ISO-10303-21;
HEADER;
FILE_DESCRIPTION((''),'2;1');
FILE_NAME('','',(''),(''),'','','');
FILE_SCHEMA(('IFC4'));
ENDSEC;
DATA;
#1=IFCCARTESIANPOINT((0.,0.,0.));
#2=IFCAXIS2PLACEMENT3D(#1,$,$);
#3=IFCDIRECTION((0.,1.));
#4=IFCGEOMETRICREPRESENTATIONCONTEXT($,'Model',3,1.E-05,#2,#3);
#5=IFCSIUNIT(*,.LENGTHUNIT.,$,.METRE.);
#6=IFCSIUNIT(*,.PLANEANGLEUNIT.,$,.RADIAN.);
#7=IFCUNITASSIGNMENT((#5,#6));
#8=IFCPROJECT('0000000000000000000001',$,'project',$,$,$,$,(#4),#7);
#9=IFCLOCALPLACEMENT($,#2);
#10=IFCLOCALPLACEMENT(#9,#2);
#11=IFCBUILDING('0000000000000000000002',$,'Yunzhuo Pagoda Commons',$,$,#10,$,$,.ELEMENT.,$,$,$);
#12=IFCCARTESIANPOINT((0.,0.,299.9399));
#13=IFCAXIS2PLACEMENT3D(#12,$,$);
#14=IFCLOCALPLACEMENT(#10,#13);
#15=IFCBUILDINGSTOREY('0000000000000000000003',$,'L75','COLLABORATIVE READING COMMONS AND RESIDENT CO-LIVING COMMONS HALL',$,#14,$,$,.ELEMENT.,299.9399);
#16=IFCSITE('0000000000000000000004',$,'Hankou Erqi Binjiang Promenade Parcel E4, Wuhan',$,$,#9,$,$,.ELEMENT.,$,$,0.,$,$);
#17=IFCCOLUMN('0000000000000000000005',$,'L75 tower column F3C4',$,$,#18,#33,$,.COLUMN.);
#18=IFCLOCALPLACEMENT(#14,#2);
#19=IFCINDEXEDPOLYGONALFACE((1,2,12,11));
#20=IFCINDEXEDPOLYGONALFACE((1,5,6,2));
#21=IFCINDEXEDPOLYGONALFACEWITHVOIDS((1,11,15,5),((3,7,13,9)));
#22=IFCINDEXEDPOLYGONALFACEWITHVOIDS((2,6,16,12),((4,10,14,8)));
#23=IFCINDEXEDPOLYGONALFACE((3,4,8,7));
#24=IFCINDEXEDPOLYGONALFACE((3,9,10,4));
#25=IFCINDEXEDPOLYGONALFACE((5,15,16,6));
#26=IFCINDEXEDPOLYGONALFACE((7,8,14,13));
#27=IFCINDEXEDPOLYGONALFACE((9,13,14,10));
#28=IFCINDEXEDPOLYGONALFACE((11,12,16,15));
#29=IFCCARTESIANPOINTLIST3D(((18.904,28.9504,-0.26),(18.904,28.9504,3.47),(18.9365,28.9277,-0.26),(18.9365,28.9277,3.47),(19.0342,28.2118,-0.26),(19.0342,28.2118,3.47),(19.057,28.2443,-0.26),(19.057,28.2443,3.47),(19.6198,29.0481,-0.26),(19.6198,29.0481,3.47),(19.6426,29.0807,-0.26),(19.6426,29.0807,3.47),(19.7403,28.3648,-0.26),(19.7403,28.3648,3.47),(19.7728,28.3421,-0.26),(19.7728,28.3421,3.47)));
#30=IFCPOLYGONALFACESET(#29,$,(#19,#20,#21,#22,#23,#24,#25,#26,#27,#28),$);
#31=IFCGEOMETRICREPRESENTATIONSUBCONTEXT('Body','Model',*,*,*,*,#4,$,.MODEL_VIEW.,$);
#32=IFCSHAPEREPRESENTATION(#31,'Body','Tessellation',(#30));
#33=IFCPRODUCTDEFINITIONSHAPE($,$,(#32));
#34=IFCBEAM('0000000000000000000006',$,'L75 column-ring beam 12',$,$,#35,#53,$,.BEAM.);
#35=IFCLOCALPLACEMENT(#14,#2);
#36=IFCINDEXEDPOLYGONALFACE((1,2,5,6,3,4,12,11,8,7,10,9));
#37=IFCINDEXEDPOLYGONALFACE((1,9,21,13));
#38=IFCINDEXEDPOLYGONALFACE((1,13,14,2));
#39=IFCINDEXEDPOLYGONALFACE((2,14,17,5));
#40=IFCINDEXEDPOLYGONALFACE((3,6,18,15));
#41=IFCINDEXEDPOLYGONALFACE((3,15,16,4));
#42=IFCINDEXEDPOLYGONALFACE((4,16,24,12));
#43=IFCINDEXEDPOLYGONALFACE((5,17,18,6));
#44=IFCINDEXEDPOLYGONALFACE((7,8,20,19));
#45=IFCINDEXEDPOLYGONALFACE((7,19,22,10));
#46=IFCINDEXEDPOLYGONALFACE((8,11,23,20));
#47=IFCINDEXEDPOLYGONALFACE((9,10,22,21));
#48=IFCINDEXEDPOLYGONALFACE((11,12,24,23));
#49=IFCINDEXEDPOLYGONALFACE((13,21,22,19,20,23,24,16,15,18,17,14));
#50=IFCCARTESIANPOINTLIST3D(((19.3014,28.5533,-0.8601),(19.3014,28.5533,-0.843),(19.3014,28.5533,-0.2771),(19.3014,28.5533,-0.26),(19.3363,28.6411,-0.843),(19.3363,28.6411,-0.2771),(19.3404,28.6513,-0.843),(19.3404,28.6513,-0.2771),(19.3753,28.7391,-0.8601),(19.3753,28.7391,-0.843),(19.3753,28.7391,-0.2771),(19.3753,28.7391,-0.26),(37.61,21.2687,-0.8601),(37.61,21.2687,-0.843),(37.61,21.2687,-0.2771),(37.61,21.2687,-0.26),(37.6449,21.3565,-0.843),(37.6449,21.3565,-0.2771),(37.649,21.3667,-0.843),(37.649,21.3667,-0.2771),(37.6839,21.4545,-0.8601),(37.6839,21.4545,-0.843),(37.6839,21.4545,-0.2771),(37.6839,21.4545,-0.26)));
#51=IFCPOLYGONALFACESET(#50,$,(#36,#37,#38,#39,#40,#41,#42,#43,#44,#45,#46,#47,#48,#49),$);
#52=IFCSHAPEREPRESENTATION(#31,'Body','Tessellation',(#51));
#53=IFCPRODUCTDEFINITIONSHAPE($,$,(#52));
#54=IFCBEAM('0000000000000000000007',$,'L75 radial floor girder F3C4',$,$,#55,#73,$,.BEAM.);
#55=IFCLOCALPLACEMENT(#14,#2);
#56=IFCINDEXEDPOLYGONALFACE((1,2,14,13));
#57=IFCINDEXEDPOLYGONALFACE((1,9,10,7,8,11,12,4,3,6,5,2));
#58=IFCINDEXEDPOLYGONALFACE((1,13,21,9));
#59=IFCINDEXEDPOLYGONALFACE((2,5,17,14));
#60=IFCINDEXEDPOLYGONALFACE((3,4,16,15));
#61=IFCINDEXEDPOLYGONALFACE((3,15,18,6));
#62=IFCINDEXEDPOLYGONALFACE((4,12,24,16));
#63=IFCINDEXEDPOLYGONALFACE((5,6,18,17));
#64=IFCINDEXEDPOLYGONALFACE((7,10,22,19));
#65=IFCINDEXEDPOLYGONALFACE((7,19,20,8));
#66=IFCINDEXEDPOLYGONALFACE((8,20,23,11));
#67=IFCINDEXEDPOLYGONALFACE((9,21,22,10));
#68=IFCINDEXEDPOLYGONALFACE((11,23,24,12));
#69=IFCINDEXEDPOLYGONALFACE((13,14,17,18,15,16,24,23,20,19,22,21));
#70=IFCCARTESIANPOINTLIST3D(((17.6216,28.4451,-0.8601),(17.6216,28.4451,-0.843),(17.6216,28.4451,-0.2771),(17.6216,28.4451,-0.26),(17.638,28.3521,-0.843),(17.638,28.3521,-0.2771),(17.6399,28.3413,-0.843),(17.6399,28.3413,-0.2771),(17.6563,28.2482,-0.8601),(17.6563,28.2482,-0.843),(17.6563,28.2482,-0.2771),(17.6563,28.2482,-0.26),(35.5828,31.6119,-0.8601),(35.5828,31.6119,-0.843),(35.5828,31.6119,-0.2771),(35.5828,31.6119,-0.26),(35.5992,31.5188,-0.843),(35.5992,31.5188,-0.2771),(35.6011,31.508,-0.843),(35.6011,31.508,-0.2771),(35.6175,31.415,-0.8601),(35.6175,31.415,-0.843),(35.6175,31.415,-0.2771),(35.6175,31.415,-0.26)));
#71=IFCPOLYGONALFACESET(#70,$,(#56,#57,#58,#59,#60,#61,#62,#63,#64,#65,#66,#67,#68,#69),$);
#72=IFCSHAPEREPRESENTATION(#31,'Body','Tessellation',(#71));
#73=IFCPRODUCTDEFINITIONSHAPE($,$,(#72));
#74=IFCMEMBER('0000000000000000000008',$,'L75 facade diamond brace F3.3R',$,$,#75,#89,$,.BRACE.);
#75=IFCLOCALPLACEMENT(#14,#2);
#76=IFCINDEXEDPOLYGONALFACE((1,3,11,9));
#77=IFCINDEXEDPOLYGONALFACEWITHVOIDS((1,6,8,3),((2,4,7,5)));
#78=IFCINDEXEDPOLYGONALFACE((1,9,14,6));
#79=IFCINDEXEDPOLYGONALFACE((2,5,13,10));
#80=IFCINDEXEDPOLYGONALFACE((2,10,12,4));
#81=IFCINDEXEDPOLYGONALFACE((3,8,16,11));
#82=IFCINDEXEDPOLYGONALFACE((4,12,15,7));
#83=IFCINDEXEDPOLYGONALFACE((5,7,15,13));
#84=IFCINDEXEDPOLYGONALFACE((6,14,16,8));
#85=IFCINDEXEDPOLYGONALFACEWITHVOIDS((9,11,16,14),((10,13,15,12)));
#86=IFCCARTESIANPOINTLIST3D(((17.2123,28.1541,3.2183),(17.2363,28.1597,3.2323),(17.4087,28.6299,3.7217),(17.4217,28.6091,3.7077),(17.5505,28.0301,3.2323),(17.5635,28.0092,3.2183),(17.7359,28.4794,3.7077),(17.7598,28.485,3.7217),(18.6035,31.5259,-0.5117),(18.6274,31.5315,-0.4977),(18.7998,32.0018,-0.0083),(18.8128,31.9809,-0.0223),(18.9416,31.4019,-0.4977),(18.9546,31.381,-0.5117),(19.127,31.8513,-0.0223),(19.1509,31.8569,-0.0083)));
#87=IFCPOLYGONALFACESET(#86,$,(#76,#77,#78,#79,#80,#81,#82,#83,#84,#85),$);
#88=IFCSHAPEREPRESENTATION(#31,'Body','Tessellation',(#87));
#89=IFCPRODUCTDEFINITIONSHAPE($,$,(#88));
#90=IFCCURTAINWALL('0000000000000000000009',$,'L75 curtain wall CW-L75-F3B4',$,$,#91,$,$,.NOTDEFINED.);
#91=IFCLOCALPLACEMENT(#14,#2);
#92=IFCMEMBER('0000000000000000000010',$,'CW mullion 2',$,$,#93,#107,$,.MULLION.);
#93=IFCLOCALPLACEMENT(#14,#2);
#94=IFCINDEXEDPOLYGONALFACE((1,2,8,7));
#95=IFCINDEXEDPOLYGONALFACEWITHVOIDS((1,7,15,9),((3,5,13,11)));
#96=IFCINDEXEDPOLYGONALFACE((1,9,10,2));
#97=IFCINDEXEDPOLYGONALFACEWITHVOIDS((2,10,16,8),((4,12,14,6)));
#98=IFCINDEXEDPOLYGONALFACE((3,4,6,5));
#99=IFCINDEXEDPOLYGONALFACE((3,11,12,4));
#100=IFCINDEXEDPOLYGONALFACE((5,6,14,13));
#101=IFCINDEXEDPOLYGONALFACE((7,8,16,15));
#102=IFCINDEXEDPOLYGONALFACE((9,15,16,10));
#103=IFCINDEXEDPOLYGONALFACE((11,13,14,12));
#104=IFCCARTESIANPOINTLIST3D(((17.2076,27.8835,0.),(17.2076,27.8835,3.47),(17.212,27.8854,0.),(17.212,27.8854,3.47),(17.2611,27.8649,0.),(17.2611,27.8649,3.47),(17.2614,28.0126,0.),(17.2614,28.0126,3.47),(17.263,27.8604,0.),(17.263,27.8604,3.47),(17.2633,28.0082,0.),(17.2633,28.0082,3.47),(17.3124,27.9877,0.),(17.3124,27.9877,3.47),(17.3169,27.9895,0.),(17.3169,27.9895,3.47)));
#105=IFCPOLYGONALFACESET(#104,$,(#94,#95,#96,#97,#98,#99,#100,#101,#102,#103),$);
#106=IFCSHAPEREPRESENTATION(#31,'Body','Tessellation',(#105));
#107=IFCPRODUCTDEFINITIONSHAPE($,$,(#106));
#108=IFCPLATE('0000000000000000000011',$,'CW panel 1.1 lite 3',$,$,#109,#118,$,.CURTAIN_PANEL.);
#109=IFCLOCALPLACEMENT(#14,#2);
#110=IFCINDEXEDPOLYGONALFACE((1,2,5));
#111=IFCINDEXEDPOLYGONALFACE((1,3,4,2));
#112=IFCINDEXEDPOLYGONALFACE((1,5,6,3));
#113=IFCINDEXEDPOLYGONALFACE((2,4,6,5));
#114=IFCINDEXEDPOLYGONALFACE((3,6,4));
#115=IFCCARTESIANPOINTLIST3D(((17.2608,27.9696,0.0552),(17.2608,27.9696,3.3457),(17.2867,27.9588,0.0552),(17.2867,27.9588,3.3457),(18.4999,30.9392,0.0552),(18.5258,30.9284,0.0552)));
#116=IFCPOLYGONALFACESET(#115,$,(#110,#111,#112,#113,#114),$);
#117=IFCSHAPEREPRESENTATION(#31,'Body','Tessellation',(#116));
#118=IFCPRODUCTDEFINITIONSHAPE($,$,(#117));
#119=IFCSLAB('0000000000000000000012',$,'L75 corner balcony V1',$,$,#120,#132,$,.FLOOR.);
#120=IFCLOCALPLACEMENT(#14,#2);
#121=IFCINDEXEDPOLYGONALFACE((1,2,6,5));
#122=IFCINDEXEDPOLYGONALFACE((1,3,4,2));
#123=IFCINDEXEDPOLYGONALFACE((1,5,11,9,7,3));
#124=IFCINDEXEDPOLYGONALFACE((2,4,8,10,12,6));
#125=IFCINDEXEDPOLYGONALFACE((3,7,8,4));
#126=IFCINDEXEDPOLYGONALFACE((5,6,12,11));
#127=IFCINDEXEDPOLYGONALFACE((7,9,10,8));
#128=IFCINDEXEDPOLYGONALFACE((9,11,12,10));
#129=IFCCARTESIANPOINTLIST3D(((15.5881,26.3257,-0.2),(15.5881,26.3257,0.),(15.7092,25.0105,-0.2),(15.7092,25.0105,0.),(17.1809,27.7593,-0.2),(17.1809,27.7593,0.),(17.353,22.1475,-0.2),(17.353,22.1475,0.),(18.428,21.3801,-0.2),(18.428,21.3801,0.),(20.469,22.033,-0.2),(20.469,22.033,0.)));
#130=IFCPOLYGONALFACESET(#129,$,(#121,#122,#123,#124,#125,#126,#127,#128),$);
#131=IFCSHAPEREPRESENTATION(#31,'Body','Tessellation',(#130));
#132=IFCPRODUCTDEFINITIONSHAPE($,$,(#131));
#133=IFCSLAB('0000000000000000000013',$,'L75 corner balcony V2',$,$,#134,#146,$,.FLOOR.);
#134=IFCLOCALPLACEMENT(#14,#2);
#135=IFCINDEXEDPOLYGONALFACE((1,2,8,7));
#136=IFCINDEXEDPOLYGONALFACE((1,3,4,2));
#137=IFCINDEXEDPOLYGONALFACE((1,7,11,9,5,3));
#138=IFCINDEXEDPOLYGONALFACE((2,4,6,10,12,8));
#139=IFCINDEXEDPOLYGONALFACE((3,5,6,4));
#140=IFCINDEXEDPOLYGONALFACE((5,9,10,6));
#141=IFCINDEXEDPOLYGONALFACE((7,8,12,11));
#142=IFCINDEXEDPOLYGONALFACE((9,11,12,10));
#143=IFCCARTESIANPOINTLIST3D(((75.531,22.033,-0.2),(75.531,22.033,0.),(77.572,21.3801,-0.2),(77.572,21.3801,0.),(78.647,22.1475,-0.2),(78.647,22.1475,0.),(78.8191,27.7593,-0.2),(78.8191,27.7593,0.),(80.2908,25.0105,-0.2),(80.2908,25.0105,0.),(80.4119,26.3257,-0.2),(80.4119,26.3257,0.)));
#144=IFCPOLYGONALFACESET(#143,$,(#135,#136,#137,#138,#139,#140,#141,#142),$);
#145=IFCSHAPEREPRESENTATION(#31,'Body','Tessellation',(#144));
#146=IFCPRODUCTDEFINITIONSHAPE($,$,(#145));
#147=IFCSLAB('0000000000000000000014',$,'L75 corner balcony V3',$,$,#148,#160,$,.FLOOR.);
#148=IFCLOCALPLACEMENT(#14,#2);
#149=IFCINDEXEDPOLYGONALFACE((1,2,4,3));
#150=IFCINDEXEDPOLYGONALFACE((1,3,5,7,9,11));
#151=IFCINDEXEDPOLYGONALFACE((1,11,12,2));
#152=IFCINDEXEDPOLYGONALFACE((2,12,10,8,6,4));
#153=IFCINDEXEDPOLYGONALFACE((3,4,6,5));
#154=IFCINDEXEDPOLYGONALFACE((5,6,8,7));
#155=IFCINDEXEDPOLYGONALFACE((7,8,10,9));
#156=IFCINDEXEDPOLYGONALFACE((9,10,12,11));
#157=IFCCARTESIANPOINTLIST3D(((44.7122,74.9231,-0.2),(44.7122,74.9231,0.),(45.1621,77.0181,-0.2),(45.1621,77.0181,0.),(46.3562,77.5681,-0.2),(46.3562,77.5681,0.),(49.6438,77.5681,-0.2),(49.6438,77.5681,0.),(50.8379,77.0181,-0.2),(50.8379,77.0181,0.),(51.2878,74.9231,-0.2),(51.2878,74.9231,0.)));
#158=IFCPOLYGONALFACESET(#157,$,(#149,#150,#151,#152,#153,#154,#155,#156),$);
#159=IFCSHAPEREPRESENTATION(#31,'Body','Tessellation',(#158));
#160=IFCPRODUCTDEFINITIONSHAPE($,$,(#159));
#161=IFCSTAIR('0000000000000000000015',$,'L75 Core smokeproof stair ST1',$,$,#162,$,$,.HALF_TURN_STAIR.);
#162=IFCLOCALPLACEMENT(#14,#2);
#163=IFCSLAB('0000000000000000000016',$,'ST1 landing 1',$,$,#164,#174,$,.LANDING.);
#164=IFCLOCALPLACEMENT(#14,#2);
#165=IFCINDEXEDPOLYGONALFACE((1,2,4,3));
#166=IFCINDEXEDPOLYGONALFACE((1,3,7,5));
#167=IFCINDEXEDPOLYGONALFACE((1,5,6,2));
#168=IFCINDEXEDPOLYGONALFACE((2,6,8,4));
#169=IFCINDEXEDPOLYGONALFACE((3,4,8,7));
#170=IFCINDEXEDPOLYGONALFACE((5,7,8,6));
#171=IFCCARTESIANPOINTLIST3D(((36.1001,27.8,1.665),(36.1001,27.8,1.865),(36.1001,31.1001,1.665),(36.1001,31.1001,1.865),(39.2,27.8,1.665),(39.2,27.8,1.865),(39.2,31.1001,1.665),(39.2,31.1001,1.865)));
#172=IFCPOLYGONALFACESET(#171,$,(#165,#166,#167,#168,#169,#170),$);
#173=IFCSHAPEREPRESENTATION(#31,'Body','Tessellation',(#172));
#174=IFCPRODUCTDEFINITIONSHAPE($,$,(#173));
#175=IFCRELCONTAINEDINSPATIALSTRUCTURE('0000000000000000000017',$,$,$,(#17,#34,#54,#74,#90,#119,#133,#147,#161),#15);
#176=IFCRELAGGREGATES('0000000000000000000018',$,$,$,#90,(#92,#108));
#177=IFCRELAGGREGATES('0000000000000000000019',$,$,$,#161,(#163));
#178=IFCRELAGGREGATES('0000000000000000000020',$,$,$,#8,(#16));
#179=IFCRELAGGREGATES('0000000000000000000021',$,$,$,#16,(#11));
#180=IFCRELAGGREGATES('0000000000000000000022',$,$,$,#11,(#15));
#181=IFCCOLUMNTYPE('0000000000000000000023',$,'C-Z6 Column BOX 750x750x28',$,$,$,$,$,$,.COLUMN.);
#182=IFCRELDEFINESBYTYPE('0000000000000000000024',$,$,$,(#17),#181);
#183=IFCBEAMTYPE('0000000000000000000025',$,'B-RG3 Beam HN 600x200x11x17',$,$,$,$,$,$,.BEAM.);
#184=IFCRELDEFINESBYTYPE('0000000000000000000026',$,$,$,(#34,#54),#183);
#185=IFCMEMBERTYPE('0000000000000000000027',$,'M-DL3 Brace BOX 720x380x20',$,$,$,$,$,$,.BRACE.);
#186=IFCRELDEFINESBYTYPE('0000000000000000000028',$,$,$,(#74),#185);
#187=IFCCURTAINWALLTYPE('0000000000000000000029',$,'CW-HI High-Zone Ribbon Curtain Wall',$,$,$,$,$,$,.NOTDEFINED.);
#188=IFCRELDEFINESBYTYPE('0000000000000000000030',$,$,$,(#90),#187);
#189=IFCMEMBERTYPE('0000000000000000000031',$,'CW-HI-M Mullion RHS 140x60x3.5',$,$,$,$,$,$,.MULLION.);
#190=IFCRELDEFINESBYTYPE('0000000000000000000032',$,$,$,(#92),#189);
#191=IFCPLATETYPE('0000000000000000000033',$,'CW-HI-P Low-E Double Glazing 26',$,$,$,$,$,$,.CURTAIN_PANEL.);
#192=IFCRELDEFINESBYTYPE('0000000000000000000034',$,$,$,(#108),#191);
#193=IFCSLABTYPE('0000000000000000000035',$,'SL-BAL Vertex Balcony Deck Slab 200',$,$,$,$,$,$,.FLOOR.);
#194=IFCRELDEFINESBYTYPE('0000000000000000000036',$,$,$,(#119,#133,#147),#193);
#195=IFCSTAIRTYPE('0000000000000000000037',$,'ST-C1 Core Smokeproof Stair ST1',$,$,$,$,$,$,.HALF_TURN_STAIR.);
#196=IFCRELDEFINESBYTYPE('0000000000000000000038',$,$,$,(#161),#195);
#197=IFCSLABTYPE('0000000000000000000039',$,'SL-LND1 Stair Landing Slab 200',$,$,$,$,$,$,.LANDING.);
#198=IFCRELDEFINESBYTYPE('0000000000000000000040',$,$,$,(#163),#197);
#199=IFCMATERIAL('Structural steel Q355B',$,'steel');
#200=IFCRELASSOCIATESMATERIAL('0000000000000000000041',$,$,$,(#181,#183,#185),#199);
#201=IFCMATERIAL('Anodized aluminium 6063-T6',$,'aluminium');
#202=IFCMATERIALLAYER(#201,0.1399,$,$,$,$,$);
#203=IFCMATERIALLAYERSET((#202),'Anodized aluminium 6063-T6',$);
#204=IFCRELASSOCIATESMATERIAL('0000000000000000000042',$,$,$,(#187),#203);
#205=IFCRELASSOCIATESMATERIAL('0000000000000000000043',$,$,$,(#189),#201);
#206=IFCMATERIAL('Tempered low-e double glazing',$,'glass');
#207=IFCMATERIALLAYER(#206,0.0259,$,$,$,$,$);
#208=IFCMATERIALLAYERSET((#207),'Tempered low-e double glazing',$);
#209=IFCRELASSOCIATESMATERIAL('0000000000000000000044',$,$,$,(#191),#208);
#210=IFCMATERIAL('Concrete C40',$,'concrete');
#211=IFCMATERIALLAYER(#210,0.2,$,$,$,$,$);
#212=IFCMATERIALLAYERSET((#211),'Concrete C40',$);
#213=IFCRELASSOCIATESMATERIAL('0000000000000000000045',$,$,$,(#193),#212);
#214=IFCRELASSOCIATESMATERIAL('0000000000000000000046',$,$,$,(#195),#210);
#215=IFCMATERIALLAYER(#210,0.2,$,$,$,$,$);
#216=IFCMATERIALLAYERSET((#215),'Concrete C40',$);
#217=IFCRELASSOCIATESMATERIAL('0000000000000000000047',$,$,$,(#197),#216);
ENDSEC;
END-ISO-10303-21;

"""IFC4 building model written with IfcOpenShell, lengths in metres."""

from ifc_helpers import new_model, si_unit, direction, frame, origin, origin_2d, place, context, subcontext, project, spatial, polyline, hollow_rectangle, i_section, outline, extrude, source, transform, mapped, material, layer, layer_set, material_profile, profile_set, type_object, element, aggregate, save


model = new_model("IFC4")

# Units and contexts
model_context = context("Model", 3, precision=1e-05, world=origin(), true_north=direction((0.0, 1.0)))
body_context = subcontext(model_context, "Body", "Model", "MODEL_VIEW")
ifc_project = project(units=[si_unit("LENGTHUNIT", "METRE"), si_unit("PLANEANGLEUNIT", "RADIAN")], contexts=[model_context])

# Site, building, storey
site_placement = place(None, origin())
site = spatial("IfcSite", under=ifc_project, at=site_placement, Name="Hankou Erqi Binjiang Promenade Parcel E4, Wuhan", CompositionType="ELEMENT", RefElevation=0.0)
building_placement = place(site_placement, origin())
building = spatial("IfcBuilding", under=site, at=building_placement, Name="Yunzhuo Pagoda Commons", CompositionType="ELEMENT")
storey_placement = place(building_placement, frame((0.0, 0.0, 299.9399)))
storey = spatial("IfcBuildingStorey", under=building, at=storey_placement, Name="L75", Description="COLLABORATIVE READING COMMONS AND RESIDENT CO-LIVING COMMONS HALL", CompositionType="ELEMENT", Elevation=299.9399)

# Column
ifc_material_1 = material(Name="Structural steel Q355B", Category="steel")
ifc_material_profile_1 = material_profile(ifc_material_1, hollow_rectangle(XDim=0.75, YDim=0.75, WallThickness=0.0281, at=origin_2d()), Name="Structural steel Q355B")
ifc_profile_set_1 = profile_set([ifc_material_profile_1], Name="Structural steel Q355B")
column_type = type_object("IfcColumnType", Name="C-Z6 Column BOX 750x750x28", PredefinedType="COLUMN", material=ifc_profile_set_1)
shared_shape_1 = source(origin(), body_context, "Body", "SweptSolid", [
    extrude(hollow_rectangle(XDim=0.75, YDim=0.75, WallThickness=0.0281, at=origin_2d()), origin(), (0.0, 0.0, 1.0), 3.73),
])
column_placement = place(storey_placement, frame((19.3384, 28.6462, -0.26), z_axis=(0.0, 0.0, 1.0), x_axis=(0.173648, -0.984808, 0.0)))
element("IfcColumn", 1, at=column_placement, inside=storey, type_object=column_type, Name="L75 tower column F3C4", PredefinedType="COLUMN", context=body_context, shape_type="MappedRepresentation", body=[
    mapped(shared_shape_1, transform((0.0, 0.0, 0.0), scale=1.0)),
])

# Beams
ifc_material_profile_2 = material_profile(ifc_material_1, i_section(OverallWidth=0.2, OverallDepth=0.6001, WebThickness=0.011, FlangeThickness=0.0171, at=origin_2d()), Name="Structural steel Q355B")
ifc_profile_set_2 = profile_set([ifc_material_profile_2], Name="Structural steel Q355B")
beam_type = type_object("IfcBeamType", Name="B-RG3 Beam HN 600x200x11x17", PredefinedType="BEAM", material=ifc_profile_set_2)
shared_shape_2 = source(origin(), body_context, "Body", "SweptSolid", [
    extrude(i_section(OverallWidth=0.2, OverallDepth=0.6001, WebThickness=0.011, FlangeThickness=0.0171, at=origin_2d()), origin(), (0.0, 0.0, 1.0), 19.7046),
])
beam_1_placement = place(storey_placement, frame((19.3384, 28.6462, -0.5601), z_axis=(0.929154, -0.369694, 0.0), x_axis=(0.369694, 0.929154, 0.0)))
element("IfcBeam", 2, at=beam_1_placement, inside=storey, type_object=beam_type, Name="L75 column-ring beam 12", PredefinedType="BEAM", context=body_context, shape_type="MappedRepresentation", body=[
    mapped(shared_shape_2, transform((0.0, 0.0, 0.0), scale=1.0)),
])
shared_shape_3 = source(origin(), body_context, "Body", "SweptSolid", [
    extrude(i_section(OverallWidth=0.2, OverallDepth=0.6001, WebThickness=0.011, FlangeThickness=0.0171, at=origin_2d()), origin(), (0.0, 0.0, 1.0), 18.2383),
])
beam_2_placement = place(storey_placement, frame((17.6389, 28.3467, -0.5601), z_axis=(0.98481, 0.173633, 0.0), x_axis=(-0.173633, 0.98481, 0.0)))
element("IfcBeam", 3, at=beam_2_placement, inside=storey, type_object=beam_type, Name="L75 radial floor girder F3C4", PredefinedType="BEAM", context=body_context, shape_type="MappedRepresentation", body=[
    mapped(shared_shape_3, transform((0.0, 0.0, 0.0), scale=1.0)),
])

# Member
ifc_material_profile_3 = material_profile(ifc_material_1, hollow_rectangle(XDim=0.3799, YDim=0.72, WallThickness=0.02, at=origin_2d()), Name="Structural steel Q355B")
ifc_profile_set_3 = profile_set([ifc_material_profile_3], Name="Structural steel Q355B")
member_type_1 = type_object("IfcMemberType", Name="M-DL3 Brace BOX 720x380x20", PredefinedType="BRACE", material=ifc_profile_set_3)
shared_shape_4 = source(origin(), body_context, "Body", "SweptSolid", [
    extrude(hollow_rectangle(XDim=0.3799, YDim=0.72, WallThickness=0.02, at=origin_2d()), origin(), (0.0, 0.0, 1.0), 5.217),
])
member_1_placement = place(storey_placement, frame((18.8772, 31.6914, -0.26), z_axis=(-0.26665, -0.646314, 0.714966), x_axis=(0.924416, -0.381386, 0.0)))
element("IfcMember", 4, at=member_1_placement, inside=storey, type_object=member_type_1, Name="L75 facade diamond brace F3.3R", PredefinedType="BRACE", context=body_context, shape_type="MappedRepresentation", body=[
    mapped(shared_shape_4, transform((0.0, 0.0, 0.0), scale=1.0)),
])

# Curtain wall, member, plate
ifc_material_2 = material(Name="Anodized aluminium 6063-T6", Category="aluminium")
ifc_layer_1 = layer(ifc_material_2, 0.1399)
ifc_layer_set_1 = layer_set([ifc_layer_1], Name="Anodized aluminium 6063-T6")
curtain_wall_type = type_object("IfcCurtainWallType", Name="CW-HI High-Zone Ribbon Curtain Wall", PredefinedType="NOTDEFINED", material=ifc_layer_set_1)
curtain_wall_placement = place(storey_placement, origin())
curtain_wall = element("IfcCurtainWall", 5, at=curtain_wall_placement, inside=storey, type_object=curtain_wall_type, Name="L75 curtain wall CW-L75-F3B4", PredefinedType="NOTDEFINED")
ifc_material_profile_4 = material_profile(ifc_material_2, hollow_rectangle(XDim=0.0601, YDim=0.1399, WallThickness=0.0034, at=origin_2d()), Name="Anodized aluminium 6063-T6")
ifc_profile_set_4 = profile_set([ifc_material_profile_4], Name="Anodized aluminium 6063-T6")
member_type_2 = type_object("IfcMemberType", Name="CW-HI-M Mullion RHS 140x60x3.5", PredefinedType="MULLION", material=ifc_profile_set_4)
shared_shape_5 = source(origin(), body_context, "Body", "SweptSolid", [
    extrude(hollow_rectangle(XDim=0.0601, YDim=0.1399, WallThickness=0.0034, at=origin_2d()), origin(), (0.0, 0.0, 1.0), 3.47),
])
member_2_placement = place(storey_placement, frame((17.2622, 27.9365, 0.0), z_axis=(0.0, 0.0, 1.0), x_axis=(0.922876, -0.385097, 0.0)))
member_2 = element("IfcMember", 6, at=member_2_placement, type_object=member_type_2, Name="CW mullion 2", PredefinedType="MULLION", context=body_context, shape_type="MappedRepresentation", body=[
    mapped(shared_shape_5, transform((0.0, 0.0, 0.0), scale=1.0)),
])
ifc_material_3 = material(Name="Tempered low-e double glazing", Category="glass")
ifc_layer_2 = layer(ifc_material_3, 0.0259)
ifc_layer_set_2 = layer_set([ifc_layer_2], Name="Tempered low-e double glazing")
plate_type_1 = type_object("IfcPlateType", Name="CW-HI-P Low-E Double Glazing 26", PredefinedType="CURTAIN_PANEL", material=ifc_layer_set_2)
plate_1_placement = place(storey_placement, frame((17.9062, 29.4436, 1.7004), z_axis=(-0.922876, 0.385097, 0.0), x_axis=(-0.385097, -0.922876, 0.0)))
plate_1 = element("IfcPlate", 7, at=plate_1_placement, type_object=plate_type_1, Name="CW panel 1.1 lite 3", PredefinedType="CURTAIN_PANEL", context=body_context, shape_type="SweptSolid", body=[
    extrude(outline(polyline([(-1.6089, -1.6453), (1.6089, -1.6453), (1.6089, 1.6453), (-1.6089, -1.6453)])), origin(), (0.0, 0.0, 1.0), 0.0281),
])
aggregate(curtain_wall, [member_2, plate_1])

# Slabs
ifc_material_4 = material(Name="Concrete C40", Category="concrete")
ifc_layer_3 = layer(ifc_material_4, 0.2)
ifc_layer_set_3 = layer_set([ifc_layer_3], Name="Concrete C40")
slab_type_1 = type_object("IfcSlabType", Name="SL-BAL Vertex Balcony Deck Slab 200", PredefinedType="FLOOR", material=ifc_layer_set_3)
slab_1_placement = place(storey_placement, frame((0.0, 0.0, -0.2)))
element("IfcSlab", 8, at=slab_1_placement, inside=storey, type_object=slab_type_1, Name="L75 corner balcony V1", PredefinedType="FLOOR", context=body_context, shape_type="SweptSolid", body=[
    extrude(outline(polyline([(17.1809, 27.7593), (20.469, 22.033), (18.428, 21.3801), (17.353, 22.1475), (15.7092, 25.0105), (15.5881, 26.3257), (17.1809, 27.7593)])), origin(), (0.0, 0.0, 1.0), 0.2),
])
slab_2_placement = place(storey_placement, frame((0.0, 0.0, -0.2)))
element("IfcSlab", 9, at=slab_2_placement, inside=storey, type_object=slab_type_1, Name="L75 corner balcony V2", PredefinedType="FLOOR", context=body_context, shape_type="SweptSolid", body=[
    extrude(outline(polyline([(75.531, 22.033), (78.8191, 27.7593), (80.4119, 26.3257), (80.2908, 25.0105), (78.647, 22.1475), (77.572, 21.3801), (75.531, 22.033)])), origin(), (0.0, 0.0, 1.0), 0.2),
])
slab_3_placement = place(storey_placement, frame((0.0, 0.0, -0.2)))
element("IfcSlab", 10, at=slab_3_placement, inside=storey, type_object=slab_type_1, Name="L75 corner balcony V3", PredefinedType="FLOOR", context=body_context, shape_type="SweptSolid", body=[
    extrude(outline(polyline([(51.2878, 74.9231), (44.7122, 74.9231), (45.1621, 77.0181), (46.3562, 77.5681), (49.6438, 77.5681), (50.8379, 77.0181), (51.2878, 74.9231)])), origin(), (0.0, 0.0, 1.0), 0.2),
])

# Stair, slab
stair_type_1 = type_object("IfcStairType", Name="ST-C1 Core Smokeproof Stair ST1", PredefinedType="HALF_TURN_STAIR", material=ifc_material_4)
stair_1_placement = place(storey_placement, origin())
stair_1 = element("IfcStair", 11, at=stair_1_placement, inside=storey, type_object=stair_type_1, Name="L75 Core smokeproof stair ST1", PredefinedType="HALF_TURN_STAIR")
ifc_layer_4 = layer(ifc_material_4, 0.2)
ifc_layer_set_4 = layer_set([ifc_layer_4], Name="Concrete C40")
slab_type_2 = type_object("IfcSlabType", Name="SL-LND1 Stair Landing Slab 200", PredefinedType="LANDING", material=ifc_layer_set_4)
slab_4_placement = place(storey_placement, frame((0.0, 0.0, 1.665)))
slab_4 = element("IfcSlab", 12, at=slab_4_placement, type_object=slab_type_2, Name="ST1 landing 1", PredefinedType="LANDING", context=body_context, shape_type="SweptSolid", body=[
    extrude(outline(polyline([(36.1001, 31.1001), (36.1001, 27.8), (39.2, 27.8), (39.2, 31.1001), (36.1001, 31.1001)])), origin(), (0.0, 0.0, 1.0), 0.2),
])
aggregate(stair_1, [slab_4])

save(model, "model.ifc")
